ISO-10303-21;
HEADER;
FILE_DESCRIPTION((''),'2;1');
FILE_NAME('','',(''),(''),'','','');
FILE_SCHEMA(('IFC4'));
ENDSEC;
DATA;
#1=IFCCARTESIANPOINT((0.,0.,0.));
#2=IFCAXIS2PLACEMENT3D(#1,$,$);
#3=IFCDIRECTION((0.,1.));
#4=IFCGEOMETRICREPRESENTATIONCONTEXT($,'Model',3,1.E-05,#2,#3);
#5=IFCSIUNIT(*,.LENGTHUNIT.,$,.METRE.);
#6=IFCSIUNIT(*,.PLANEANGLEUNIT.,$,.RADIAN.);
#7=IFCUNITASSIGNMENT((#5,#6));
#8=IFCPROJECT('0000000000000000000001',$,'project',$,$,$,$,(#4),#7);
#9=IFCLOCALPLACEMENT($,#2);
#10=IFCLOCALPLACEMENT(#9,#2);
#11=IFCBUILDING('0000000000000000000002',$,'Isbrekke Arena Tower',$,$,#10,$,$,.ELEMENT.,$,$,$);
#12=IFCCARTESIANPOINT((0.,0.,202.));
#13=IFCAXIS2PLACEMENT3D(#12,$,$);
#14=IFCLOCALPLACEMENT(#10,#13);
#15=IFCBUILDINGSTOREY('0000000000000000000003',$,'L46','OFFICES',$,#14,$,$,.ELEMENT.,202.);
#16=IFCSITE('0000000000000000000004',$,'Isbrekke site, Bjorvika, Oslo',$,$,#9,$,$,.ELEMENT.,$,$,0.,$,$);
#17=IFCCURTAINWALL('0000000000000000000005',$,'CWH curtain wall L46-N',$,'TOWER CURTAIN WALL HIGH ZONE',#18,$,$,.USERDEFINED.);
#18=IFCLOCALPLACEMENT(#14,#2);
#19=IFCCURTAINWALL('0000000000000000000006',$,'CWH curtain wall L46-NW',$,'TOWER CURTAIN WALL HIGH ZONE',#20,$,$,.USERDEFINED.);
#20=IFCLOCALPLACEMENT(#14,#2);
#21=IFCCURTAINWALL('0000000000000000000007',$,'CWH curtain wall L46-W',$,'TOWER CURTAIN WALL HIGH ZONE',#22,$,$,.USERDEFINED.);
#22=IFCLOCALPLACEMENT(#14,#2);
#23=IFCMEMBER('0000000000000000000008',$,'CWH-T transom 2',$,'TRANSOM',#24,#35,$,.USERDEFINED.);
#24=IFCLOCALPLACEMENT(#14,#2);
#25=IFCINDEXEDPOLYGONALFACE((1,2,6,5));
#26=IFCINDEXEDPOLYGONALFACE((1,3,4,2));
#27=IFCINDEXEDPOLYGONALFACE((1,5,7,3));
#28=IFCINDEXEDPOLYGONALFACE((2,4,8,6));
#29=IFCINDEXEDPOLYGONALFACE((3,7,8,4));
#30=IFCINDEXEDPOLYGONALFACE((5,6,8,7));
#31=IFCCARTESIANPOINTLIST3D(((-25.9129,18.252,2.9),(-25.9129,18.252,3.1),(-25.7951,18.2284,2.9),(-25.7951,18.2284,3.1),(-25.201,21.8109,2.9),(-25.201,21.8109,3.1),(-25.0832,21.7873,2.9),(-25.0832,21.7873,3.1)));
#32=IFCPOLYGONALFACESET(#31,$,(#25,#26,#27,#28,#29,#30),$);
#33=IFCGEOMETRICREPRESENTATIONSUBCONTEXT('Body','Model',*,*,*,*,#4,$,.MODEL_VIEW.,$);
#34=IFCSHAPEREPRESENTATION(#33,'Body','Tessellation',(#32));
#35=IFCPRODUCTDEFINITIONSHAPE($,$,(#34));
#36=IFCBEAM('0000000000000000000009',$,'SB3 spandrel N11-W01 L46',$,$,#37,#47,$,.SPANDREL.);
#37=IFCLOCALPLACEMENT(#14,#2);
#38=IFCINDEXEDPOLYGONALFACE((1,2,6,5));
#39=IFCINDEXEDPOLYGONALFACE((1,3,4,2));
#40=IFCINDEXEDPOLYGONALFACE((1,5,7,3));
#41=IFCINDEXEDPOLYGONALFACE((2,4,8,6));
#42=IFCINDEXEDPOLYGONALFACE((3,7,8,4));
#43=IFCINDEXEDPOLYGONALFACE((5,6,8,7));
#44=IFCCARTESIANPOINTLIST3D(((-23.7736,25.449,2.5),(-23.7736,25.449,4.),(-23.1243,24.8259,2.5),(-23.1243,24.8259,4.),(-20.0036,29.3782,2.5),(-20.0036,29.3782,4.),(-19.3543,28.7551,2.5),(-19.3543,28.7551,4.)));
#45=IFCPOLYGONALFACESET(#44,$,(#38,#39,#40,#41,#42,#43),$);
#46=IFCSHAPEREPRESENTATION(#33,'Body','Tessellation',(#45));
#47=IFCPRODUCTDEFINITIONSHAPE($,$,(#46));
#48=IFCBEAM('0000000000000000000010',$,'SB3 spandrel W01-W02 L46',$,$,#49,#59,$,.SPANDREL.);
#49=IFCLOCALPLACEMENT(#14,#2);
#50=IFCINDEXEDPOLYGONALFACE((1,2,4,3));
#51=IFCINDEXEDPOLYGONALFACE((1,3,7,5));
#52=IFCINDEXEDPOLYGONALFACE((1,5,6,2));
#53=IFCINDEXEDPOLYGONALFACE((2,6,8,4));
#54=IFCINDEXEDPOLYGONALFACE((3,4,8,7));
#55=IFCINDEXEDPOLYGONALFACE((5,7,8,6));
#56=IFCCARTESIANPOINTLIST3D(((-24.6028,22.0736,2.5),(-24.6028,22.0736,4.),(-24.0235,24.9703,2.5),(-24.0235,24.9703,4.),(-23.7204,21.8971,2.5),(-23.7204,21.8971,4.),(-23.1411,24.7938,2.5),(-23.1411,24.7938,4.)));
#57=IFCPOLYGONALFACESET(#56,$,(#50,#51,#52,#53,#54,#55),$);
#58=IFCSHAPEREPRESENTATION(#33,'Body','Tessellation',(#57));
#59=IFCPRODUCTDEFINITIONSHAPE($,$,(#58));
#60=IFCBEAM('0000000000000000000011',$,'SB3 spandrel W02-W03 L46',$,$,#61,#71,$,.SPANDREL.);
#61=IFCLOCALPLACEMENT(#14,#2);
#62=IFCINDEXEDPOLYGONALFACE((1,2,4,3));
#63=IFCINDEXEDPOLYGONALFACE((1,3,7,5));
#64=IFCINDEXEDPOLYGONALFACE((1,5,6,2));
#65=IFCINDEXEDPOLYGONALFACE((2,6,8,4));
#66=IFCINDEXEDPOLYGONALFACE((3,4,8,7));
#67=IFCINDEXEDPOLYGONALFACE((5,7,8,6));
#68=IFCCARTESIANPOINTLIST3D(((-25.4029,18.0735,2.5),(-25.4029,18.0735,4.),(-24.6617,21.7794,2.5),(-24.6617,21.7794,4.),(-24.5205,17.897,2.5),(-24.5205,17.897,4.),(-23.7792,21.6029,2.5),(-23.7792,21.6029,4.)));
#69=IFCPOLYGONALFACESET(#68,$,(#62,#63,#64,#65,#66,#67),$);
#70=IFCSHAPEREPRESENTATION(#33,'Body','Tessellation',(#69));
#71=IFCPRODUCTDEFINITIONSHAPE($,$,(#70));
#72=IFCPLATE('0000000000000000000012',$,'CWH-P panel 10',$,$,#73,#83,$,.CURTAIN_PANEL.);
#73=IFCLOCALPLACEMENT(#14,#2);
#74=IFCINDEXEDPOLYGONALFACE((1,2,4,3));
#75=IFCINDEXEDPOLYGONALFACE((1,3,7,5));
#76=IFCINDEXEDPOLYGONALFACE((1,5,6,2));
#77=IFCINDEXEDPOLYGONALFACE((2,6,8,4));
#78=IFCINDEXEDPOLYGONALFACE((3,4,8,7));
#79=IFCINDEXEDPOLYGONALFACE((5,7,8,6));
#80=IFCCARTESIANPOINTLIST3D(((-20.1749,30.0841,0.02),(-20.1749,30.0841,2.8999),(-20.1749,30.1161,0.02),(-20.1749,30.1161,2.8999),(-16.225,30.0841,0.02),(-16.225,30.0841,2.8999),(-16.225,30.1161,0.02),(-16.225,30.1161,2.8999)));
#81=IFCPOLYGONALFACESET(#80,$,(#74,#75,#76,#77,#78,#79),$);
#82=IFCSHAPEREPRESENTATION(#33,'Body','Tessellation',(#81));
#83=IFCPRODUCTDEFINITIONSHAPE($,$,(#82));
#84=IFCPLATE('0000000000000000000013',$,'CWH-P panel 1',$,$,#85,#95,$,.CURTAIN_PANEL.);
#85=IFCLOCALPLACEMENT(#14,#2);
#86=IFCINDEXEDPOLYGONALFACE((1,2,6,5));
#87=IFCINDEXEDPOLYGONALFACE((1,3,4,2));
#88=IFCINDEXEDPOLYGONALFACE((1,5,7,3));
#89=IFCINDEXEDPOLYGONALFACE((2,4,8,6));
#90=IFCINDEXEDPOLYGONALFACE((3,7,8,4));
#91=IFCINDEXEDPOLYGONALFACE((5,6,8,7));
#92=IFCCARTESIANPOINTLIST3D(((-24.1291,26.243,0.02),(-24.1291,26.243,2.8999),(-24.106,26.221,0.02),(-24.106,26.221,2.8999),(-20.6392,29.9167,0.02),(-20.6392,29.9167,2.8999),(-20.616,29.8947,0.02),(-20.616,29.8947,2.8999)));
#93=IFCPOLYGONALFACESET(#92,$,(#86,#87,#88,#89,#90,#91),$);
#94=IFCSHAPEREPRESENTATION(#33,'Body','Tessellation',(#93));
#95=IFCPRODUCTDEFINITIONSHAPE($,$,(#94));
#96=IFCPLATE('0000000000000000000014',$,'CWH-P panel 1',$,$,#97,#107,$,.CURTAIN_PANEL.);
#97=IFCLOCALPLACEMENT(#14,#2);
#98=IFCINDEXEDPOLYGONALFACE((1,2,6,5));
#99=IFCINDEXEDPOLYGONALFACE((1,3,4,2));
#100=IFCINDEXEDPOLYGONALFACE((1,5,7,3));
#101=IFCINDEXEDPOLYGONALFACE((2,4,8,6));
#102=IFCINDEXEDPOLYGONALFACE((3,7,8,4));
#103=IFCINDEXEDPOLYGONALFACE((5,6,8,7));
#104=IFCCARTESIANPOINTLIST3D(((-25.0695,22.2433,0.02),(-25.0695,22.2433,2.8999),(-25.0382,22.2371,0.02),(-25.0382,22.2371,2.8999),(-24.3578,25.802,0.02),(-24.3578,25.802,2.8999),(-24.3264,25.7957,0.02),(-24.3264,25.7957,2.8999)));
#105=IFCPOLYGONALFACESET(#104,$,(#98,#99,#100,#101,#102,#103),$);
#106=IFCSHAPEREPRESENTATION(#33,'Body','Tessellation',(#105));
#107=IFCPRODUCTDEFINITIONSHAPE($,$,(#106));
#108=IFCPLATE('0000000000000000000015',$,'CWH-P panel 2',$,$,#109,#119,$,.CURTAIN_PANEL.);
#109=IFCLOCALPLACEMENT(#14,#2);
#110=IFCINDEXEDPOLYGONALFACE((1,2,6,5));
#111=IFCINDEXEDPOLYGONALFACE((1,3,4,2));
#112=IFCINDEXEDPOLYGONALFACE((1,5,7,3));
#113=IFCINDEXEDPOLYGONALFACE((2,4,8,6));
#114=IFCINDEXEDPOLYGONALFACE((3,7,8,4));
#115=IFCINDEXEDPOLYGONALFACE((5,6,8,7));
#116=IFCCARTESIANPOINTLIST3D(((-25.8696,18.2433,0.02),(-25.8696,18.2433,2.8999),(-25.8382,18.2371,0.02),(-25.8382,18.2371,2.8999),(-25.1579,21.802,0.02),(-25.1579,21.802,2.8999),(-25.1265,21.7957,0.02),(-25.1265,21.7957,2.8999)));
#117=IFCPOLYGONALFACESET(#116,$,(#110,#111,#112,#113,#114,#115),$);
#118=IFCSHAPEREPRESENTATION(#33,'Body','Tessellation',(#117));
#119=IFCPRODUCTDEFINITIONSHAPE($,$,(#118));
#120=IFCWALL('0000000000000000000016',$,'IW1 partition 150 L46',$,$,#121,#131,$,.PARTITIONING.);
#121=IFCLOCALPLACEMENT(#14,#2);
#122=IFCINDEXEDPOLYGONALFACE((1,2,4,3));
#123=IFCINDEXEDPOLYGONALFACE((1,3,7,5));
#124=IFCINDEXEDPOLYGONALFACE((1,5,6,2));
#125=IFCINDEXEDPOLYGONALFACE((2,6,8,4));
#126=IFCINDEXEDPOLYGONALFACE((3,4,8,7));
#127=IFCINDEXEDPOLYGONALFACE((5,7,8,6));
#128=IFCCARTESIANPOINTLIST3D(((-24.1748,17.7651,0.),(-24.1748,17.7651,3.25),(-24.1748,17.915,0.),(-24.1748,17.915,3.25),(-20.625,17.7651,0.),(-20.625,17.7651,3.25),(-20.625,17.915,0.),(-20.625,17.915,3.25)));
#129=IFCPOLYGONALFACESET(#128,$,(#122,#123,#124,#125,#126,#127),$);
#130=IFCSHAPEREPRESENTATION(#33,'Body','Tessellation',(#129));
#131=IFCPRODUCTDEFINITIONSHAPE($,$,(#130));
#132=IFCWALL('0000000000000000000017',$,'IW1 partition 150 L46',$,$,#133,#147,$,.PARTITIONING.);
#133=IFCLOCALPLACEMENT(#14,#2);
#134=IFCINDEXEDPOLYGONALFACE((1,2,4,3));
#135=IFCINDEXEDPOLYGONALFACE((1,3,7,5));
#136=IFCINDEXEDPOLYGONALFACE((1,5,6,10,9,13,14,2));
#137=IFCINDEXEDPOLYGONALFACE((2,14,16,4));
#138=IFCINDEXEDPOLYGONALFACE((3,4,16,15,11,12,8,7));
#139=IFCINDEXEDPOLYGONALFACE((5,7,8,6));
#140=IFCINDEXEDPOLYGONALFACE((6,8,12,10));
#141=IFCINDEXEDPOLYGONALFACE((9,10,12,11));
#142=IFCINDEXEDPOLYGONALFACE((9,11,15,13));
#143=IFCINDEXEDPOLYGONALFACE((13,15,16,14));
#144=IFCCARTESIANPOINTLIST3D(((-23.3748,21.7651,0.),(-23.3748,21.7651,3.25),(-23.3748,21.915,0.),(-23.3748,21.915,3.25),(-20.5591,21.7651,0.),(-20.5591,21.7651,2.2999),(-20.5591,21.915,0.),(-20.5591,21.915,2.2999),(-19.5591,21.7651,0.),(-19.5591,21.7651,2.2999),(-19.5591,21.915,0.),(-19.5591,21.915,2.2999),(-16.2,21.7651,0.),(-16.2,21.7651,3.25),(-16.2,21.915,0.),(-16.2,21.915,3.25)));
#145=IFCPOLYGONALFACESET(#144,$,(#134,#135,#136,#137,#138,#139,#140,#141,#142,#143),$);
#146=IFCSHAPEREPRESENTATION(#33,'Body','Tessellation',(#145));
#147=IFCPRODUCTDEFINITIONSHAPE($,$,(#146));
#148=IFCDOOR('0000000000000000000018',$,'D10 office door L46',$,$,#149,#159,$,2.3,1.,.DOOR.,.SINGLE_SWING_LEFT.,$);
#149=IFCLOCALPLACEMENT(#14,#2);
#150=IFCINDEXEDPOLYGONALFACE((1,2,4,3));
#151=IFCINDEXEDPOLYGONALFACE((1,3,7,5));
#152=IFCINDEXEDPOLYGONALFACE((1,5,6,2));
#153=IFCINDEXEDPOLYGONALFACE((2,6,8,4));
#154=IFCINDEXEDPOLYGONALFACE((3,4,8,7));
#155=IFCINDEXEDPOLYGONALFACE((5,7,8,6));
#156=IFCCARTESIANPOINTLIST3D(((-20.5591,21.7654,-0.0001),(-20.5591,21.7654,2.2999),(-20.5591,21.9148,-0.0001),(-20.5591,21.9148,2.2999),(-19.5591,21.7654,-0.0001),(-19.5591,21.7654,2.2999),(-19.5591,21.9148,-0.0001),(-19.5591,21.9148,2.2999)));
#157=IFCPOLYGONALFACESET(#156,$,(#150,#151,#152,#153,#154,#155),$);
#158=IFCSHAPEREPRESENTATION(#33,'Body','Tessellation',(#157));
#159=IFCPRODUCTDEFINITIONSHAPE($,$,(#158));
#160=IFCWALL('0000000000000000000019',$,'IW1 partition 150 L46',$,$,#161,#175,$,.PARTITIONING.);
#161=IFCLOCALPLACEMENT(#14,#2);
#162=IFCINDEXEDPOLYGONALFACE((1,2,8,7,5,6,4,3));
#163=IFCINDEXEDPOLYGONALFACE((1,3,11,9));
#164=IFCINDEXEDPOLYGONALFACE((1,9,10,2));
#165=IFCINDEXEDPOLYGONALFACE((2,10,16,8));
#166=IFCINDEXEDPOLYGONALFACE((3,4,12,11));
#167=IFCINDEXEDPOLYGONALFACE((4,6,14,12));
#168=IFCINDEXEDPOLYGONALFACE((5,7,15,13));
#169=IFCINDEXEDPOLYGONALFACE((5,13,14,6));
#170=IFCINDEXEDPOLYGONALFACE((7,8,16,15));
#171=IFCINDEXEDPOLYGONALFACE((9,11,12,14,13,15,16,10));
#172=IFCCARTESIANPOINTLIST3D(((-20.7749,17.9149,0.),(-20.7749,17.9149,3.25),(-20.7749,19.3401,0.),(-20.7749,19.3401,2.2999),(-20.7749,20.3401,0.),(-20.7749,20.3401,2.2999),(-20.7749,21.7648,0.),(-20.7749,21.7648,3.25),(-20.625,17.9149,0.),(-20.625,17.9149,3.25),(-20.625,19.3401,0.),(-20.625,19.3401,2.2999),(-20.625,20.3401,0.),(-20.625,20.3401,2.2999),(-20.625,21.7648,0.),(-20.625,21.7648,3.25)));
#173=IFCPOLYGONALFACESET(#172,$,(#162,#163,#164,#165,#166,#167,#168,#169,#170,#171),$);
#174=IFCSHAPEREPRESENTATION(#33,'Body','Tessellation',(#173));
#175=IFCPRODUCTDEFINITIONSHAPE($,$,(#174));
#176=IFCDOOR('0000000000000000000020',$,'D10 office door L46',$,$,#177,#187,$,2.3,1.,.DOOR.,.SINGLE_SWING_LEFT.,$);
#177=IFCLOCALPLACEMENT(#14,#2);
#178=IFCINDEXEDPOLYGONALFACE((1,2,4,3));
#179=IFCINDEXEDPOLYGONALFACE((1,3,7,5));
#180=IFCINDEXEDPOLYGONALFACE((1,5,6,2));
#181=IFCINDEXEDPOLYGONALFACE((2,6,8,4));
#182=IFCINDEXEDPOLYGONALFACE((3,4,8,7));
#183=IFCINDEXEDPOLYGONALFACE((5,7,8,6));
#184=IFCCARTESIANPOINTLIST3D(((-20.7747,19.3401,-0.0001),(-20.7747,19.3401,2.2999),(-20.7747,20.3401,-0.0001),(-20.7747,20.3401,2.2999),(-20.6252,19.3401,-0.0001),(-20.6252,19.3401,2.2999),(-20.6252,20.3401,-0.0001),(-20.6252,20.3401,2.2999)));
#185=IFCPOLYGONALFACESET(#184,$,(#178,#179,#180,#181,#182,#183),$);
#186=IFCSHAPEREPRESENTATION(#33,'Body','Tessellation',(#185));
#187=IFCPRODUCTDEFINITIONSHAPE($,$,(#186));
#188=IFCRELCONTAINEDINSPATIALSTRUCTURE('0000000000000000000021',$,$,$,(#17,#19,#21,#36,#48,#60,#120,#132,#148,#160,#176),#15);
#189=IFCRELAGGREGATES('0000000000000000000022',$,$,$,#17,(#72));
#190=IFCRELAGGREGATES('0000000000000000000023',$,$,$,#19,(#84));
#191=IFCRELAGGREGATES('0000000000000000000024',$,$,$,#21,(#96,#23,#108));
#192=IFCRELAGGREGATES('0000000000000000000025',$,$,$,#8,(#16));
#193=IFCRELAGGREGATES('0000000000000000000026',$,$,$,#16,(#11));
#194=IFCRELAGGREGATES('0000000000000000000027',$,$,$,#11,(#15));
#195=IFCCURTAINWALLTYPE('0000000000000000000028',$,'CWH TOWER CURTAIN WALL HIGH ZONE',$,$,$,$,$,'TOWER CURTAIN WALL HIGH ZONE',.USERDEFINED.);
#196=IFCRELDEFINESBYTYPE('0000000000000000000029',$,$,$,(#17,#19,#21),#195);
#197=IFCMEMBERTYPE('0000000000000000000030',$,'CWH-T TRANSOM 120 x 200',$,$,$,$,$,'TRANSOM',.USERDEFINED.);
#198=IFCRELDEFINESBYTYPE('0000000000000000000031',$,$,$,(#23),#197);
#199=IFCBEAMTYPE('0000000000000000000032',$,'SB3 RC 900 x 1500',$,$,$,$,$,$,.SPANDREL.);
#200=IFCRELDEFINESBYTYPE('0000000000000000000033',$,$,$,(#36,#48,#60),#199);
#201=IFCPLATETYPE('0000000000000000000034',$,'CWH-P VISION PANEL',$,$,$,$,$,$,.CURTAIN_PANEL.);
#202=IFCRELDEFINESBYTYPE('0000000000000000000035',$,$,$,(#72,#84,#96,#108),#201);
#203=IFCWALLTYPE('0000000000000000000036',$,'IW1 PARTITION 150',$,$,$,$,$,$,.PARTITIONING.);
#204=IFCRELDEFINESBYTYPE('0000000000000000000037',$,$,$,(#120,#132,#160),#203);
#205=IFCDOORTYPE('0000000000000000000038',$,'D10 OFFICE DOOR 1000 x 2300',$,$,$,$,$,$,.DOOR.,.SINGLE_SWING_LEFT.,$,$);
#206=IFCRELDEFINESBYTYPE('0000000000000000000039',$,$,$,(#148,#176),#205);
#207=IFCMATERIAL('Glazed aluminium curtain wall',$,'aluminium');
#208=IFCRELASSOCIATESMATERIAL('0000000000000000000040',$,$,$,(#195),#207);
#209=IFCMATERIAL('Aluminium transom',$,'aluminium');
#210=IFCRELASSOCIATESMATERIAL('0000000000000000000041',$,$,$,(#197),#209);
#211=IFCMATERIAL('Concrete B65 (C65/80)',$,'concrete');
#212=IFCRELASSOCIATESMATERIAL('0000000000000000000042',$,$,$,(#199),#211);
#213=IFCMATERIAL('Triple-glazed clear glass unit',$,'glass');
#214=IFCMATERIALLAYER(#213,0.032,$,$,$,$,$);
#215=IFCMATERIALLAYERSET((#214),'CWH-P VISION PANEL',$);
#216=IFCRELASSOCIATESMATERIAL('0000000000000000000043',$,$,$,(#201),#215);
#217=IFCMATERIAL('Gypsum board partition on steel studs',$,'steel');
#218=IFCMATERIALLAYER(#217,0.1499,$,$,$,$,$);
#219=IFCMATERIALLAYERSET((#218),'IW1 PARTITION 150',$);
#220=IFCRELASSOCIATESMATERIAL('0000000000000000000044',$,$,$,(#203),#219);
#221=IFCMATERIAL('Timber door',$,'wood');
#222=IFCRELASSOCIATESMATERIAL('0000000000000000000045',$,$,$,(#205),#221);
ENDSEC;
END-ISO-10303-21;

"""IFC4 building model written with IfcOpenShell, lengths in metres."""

from ifc_helpers import new_model, si_unit, direction, frame, frame_2d, origin, origin_2d, place, context, subcontext, project, spatial, rectangle, extrude, material, layer, layer_set, material_profile, profile_set, type_object, element, fill, aggregate, save


model = new_model("IFC4")

# Units and contexts
model_context = context("Model", 3, precision=1e-05, world=origin(), true_north=direction((0.0, 1.0)))
body_context = subcontext(model_context, "Body", "Model", "MODEL_VIEW")
ifc_project = project(units=[si_unit("LENGTHUNIT", "METRE"), si_unit("PLANEANGLEUNIT", "RADIAN")], contexts=[model_context])

# Site, building, storey
site_placement = place(None, origin())
site = spatial("IfcSite", under=ifc_project, at=site_placement, Name="Isbrekke site, Bjorvika, Oslo", CompositionType="ELEMENT", RefElevation=0.0)
building_placement = place(site_placement, origin())
building = spatial("IfcBuilding", under=site, at=building_placement, Name="Isbrekke Arena Tower", CompositionType="ELEMENT")
storey_placement = place(building_placement, frame((0.0, 0.0, 202.0)))
storey = spatial("IfcBuildingStorey", under=building, at=storey_placement, Name="L46", Description="OFFICES", CompositionType="ELEMENT", Elevation=202.0)

# Curtain walls
ifc_material_1 = material(Name="Glazed aluminium curtain wall", Category="aluminium")
curtain_wall_type = type_object("IfcCurtainWallType", Name="CWH TOWER CURTAIN WALL HIGH ZONE", ElementType="TOWER CURTAIN WALL HIGH ZONE", PredefinedType="USERDEFINED", material=ifc_material_1)
curtain_wall_1_placement = place(storey_placement, origin())
curtain_wall_1 = element("IfcCurtainWall", 1, at=curtain_wall_1_placement, inside=storey, type_object=curtain_wall_type, Name="CWH curtain wall L46-N", ObjectType="TOWER CURTAIN WALL HIGH ZONE", PredefinedType="USERDEFINED")
curtain_wall_2_placement = place(storey_placement, origin())
curtain_wall_2 = element("IfcCurtainWall", 2, at=curtain_wall_2_placement, inside=storey, type_object=curtain_wall_type, Name="CWH curtain wall L46-NW", ObjectType="TOWER CURTAIN WALL HIGH ZONE", PredefinedType="USERDEFINED")

# Curtain wall
curtain_wall_3_placement = place(storey_placement, origin())
curtain_wall_3 = element("IfcCurtainWall", 3, at=curtain_wall_3_placement, inside=storey, type_object=curtain_wall_type, Name="CWH curtain wall L46-W", ObjectType="TOWER CURTAIN WALL HIGH ZONE", PredefinedType="USERDEFINED")

# Member
ifc_material_2 = material(Name="Aluminium transom", Category="aluminium")
ifc_material_profile_1 = material_profile(ifc_material_2, rectangle(XDim=0.1201, YDim=0.2, at=origin_2d()), Name="TRANSOM 120X200")
ifc_profile_set_1 = profile_set([ifc_material_profile_1], Name="Aluminium transom")
member_type_1 = type_object("IfcMemberType", Name="CWH-T TRANSOM 120 x 200", ElementType="TRANSOM", PredefinedType="USERDEFINED", material=ifc_profile_set_1)
member_1_placement = place(storey_placement, frame((-25.1421, 21.7991, 3.0), z_axis=(-0.196155, -0.980573, 0.0), x_axis=(0.980573, -0.196155, 0.0)))
member_1 = element("IfcMember", 4, at=member_1_placement, type_object=member_type_1, Name="CWH-T transom 2", ObjectType="TRANSOM", PredefinedType="USERDEFINED", context=body_context, shape_type="SweptSolid", body=[
    extrude(rectangle(XDim=0.1201, YDim=0.2, at=origin_2d()), origin(), (0.0, 0.0, 1.0), 3.6294),
])

# Beams
ifc_material_3 = material(Name="Concrete B65 (C65/80)", Category="concrete")
ifc_material_profile_2 = material_profile(ifc_material_3, rectangle(XDim=0.8999, YDim=1.5, at=origin_2d()), Name="RC 900x1500")
ifc_profile_set_2 = profile_set([ifc_material_profile_2], Name="Concrete B65 (C65/80)")
beam_type_1 = type_object("IfcBeamType", Name="SB3 RC 900 x 1500", PredefinedType="SPANDREL", material=ifc_profile_set_2)
beam_1_placement = place(storey_placement, frame((-19.679, 29.0667, 3.25), z_axis=(-0.69234, -0.721572, 0.0), x_axis=(0.721572, -0.69234, 0.0)))
element("IfcBeam", 5, at=beam_1_placement, inside=storey, type_object=beam_type_1, Name="SB3 spandrel N11-W01 L46", PredefinedType="SPANDREL", context=body_context, shape_type="SweptSolid", body=[
    extrude(rectangle(XDim=0.8999, YDim=1.5, at=origin_2d()), origin(), (0.0, 0.0, 1.0), 5.4453),
])
beam_2_placement = place(storey_placement, frame((-23.5823, 24.8821, 3.25), z_axis=(-0.196116, -0.980581, 0.0), x_axis=(0.980581, -0.196116, 0.0)))
element("IfcBeam", 6, at=beam_2_placement, inside=storey, type_object=beam_type_1, Name="SB3 spandrel W01-W02 L46", PredefinedType="SPANDREL", context=body_context, shape_type="SweptSolid", body=[
    extrude(rectangle(XDim=0.8999, YDim=1.5, at=origin_2d()), origin(), (0.0, 0.0, 1.0), 2.9541),
])
beam_3_placement = place(storey_placement, frame((-24.2205, 21.6912, 3.25), z_axis=(-0.196129, -0.980578, 0.0), x_axis=(0.980578, -0.196129, 0.0)))
element("IfcBeam", 7, at=beam_3_placement, inside=storey, type_object=beam_type_1, Name="SB3 spandrel W02-W03 L46", PredefinedType="SPANDREL", context=body_context, shape_type="SweptSolid", body=[
    extrude(rectangle(XDim=0.8999, YDim=1.5, at=origin_2d()), origin(), (0.0, 0.0, 1.0), 3.7793),
])

# Plates
ifc_material_4 = material(Name="Triple-glazed clear glass unit", Category="glass")
ifc_layer_1 = layer(ifc_material_4, 0.032)
ifc_layer_set_1 = layer_set([ifc_layer_1], Name="CWH-P VISION PANEL")
plate_type = type_object("IfcPlateType", Name="CWH-P VISION PANEL", PredefinedType="CURTAIN_PANEL", material=ifc_layer_set_1)
plate_1_placement = place(storey_placement, frame((-18.2, 30.1001, 0.02), z_axis=(0.0, 0.0, 1.0), x_axis=(-1.0, 0.0, 0.0)))
plate_1 = element("IfcPlate", 8, at=plate_1_placement, type_object=plate_type, Name="CWH-P panel 10", PredefinedType="CURTAIN_PANEL", context=body_context, shape_type="SweptSolid", body=[
    extrude(rectangle(XDim=3.95, YDim=0.032, at=origin_2d()), origin(), (0.0, 0.0, 1.0), 2.8799),
])
aggregate(curtain_wall_1, [plate_1])
plate_2_placement = place(storey_placement, frame((-22.3726, 28.0688, 0.02), z_axis=(0.0, 0.0, 1.0), x_axis=(-0.688749, -0.724999, 0.0)))
plate_2 = element("IfcPlate", 9, at=plate_2_placement, type_object=plate_type, Name="CWH-P panel 1", PredefinedType="CURTAIN_PANEL", context=body_context, shape_type="SweptSolid", body=[
    extrude(rectangle(XDim=5.0671, YDim=0.032, at=origin_2d()), origin(), (0.0, 0.0, 1.0), 2.8799),
])
aggregate(curtain_wall_2, [plate_2])
plate_3_placement = place(storey_placement, frame((-24.698, 24.0195, 0.02), z_axis=(0.0, 0.0, 1.0), x_axis=(-0.196116, -0.980581, 0.0)))
plate_3 = element("IfcPlate", 10, at=plate_3_placement, type_object=plate_type, Name="CWH-P panel 1", PredefinedType="CURTAIN_PANEL", context=body_context, shape_type="SweptSolid", body=[
    extrude(rectangle(XDim=3.6292, YDim=0.032, at=origin_2d()), origin(), (0.0, 0.0, 1.0), 2.8799),
])
plate_4_placement = place(storey_placement, frame((-25.498, 20.0195, 0.02), z_axis=(0.0, 0.0, 1.0), x_axis=(-0.196116, -0.980581, 0.0)))
plate_4 = element("IfcPlate", 11, at=plate_4_placement, type_object=plate_type, Name="CWH-P panel 2", PredefinedType="CURTAIN_PANEL", context=body_context, shape_type="SweptSolid", body=[
    extrude(rectangle(XDim=3.6292, YDim=0.032, at=origin_2d()), origin(), (0.0, 0.0, 1.0), 2.8799),
])
aggregate(curtain_wall_3, [plate_3, member_1, plate_4])

# Wall
ifc_material_5 = material(Name="Gypsum board partition on steel studs", Category="steel")
ifc_layer_2 = layer(ifc_material_5, 0.1499)
ifc_layer_set_2 = layer_set([ifc_layer_2], Name="IW1 PARTITION 150")
wall_type = type_object("IfcWallType", Name="IW1 PARTITION 150", PredefinedType="PARTITIONING", material=ifc_layer_set_2)
wall_1_placement = place(storey_placement, frame((-24.1748, 17.8401, 0.0), z_axis=(0.0, 0.0, 1.0), x_axis=(1.0, 0.0, 0.0)))
element("IfcWall", 12, at=wall_1_placement, inside=storey, type_object=wall_type, Name="IW1 partition 150 L46", PredefinedType="PARTITIONING", context=body_context, shape_type="SweptSolid", body=[
    extrude(rectangle(XDim=3.5498, YDim=0.1499, at=frame_2d((1.7749, 0.0))), origin(), (0.0, 0.0, 1.0), 3.25),
])

# Walls, openings, doors
wall_2_placement = place(storey_placement, frame((-23.3748, 21.8401, 0.0), z_axis=(0.0, 0.0, 1.0), x_axis=(1.0, 0.0, 0.0)))
wall_2 = element("IfcWall", 13, at=wall_2_placement, inside=storey, type_object=wall_type, Name="IW1 partition 150 L46", PredefinedType="PARTITIONING", context=body_context, shape_type="SweptSolid", body=[
    extrude(rectangle(XDim=7.1748, YDim=0.1499, at=frame_2d((3.5874, 0.0))), origin(), (0.0, 0.0, 1.0), 3.25),
])
opening_1_placement = place(wall_2_placement, frame((2.8157, 0.0, 0.0)))
opening_1 = element("IfcOpeningElement", 14, at=opening_1_placement, cuts=wall_2, PredefinedType="OPENING", context=body_context, shape_type="SweptSolid", body=[
    extrude(rectangle(XDim=1.0, YDim=2.3, at=frame_2d((0.5, 1.1499))), frame((0.0, 0.0898, 0.0), z_axis=(0.0, -1.0, 0.0), x_axis=(1.0, 0.0, 0.0)), (0.0, 0.0, 1.0), 0.1797),
])
ifc_material_6 = material(Name="Timber door", Category="wood")
door_type = type_object("IfcDoorType", Name="D10 OFFICE DOOR 1000 x 2300", OperationType="SINGLE_SWING_LEFT", PredefinedType="DOOR", material=ifc_material_6)
door_1_placement = place(opening_1_placement, origin())
door_1 = element("IfcDoor", 15, at=door_1_placement, inside=storey, type_object=door_type, Name="D10 office door L46", OperationType="SINGLE_SWING_LEFT", OverallHeight=2.3, OverallWidth=1.0, PredefinedType="DOOR", context=body_context, shape_type="SweptSolid", body=[
    extrude(rectangle(XDim=1.0, YDim=2.3, at=frame_2d((0.5, 1.1499))), frame((0.0, 0.0747, 0.0), z_axis=(0.0, -1.0, 0.0), x_axis=(1.0, 0.0, 0.0)), (0.0, 0.0, 1.0), 0.1494),
])
fill(opening_1, door_1)
wall_3_placement = place(storey_placement, frame((-20.7, 17.915, 0.0), z_axis=(0.0, 0.0, 1.0), x_axis=(0.0, 1.0, 0.0)))
wall_3 = element("IfcWall", 16, at=wall_3_placement, inside=storey, type_object=wall_type, Name="IW1 partition 150 L46", PredefinedType="PARTITIONING", context=body_context, shape_type="SweptSolid", body=[
    extrude(rectangle(XDim=3.8499, YDim=0.1499, at=frame_2d((1.9248, 0.0))), origin(), (0.0, 0.0, 1.0), 3.25),
])
opening_2_placement = place(wall_3_placement, frame((1.425, 0.0, 0.0)))
opening_2 = element("IfcOpeningElement", 17, at=opening_2_placement, cuts=wall_3, PredefinedType="OPENING", context=body_context, shape_type="SweptSolid", body=[
    extrude(rectangle(XDim=1.0, YDim=2.3, at=frame_2d((0.5, 1.1499))), frame((0.0, 0.0898, 0.0), z_axis=(0.0, -1.0, 0.0), x_axis=(1.0, 0.0, 0.0)), (0.0, 0.0, 1.0), 0.1797),
])
door_2_placement = place(opening_2_placement, origin())
door_2 = element("IfcDoor", 18, at=door_2_placement, inside=storey, type_object=door_type, Name="D10 office door L46", OperationType="SINGLE_SWING_LEFT", OverallHeight=2.3, OverallWidth=1.0, PredefinedType="DOOR", context=body_context, shape_type="SweptSolid", body=[
    extrude(rectangle(XDim=1.0, YDim=2.3, at=frame_2d((0.5, 1.1499))), frame((0.0, 0.0747, 0.0), z_axis=(0.0, -1.0, 0.0), x_axis=(1.0, 0.0, 0.0)), (0.0, 0.0, 1.0), 0.1494),
])
fill(opening_2, door_2)

save(model, "model.ifc")
